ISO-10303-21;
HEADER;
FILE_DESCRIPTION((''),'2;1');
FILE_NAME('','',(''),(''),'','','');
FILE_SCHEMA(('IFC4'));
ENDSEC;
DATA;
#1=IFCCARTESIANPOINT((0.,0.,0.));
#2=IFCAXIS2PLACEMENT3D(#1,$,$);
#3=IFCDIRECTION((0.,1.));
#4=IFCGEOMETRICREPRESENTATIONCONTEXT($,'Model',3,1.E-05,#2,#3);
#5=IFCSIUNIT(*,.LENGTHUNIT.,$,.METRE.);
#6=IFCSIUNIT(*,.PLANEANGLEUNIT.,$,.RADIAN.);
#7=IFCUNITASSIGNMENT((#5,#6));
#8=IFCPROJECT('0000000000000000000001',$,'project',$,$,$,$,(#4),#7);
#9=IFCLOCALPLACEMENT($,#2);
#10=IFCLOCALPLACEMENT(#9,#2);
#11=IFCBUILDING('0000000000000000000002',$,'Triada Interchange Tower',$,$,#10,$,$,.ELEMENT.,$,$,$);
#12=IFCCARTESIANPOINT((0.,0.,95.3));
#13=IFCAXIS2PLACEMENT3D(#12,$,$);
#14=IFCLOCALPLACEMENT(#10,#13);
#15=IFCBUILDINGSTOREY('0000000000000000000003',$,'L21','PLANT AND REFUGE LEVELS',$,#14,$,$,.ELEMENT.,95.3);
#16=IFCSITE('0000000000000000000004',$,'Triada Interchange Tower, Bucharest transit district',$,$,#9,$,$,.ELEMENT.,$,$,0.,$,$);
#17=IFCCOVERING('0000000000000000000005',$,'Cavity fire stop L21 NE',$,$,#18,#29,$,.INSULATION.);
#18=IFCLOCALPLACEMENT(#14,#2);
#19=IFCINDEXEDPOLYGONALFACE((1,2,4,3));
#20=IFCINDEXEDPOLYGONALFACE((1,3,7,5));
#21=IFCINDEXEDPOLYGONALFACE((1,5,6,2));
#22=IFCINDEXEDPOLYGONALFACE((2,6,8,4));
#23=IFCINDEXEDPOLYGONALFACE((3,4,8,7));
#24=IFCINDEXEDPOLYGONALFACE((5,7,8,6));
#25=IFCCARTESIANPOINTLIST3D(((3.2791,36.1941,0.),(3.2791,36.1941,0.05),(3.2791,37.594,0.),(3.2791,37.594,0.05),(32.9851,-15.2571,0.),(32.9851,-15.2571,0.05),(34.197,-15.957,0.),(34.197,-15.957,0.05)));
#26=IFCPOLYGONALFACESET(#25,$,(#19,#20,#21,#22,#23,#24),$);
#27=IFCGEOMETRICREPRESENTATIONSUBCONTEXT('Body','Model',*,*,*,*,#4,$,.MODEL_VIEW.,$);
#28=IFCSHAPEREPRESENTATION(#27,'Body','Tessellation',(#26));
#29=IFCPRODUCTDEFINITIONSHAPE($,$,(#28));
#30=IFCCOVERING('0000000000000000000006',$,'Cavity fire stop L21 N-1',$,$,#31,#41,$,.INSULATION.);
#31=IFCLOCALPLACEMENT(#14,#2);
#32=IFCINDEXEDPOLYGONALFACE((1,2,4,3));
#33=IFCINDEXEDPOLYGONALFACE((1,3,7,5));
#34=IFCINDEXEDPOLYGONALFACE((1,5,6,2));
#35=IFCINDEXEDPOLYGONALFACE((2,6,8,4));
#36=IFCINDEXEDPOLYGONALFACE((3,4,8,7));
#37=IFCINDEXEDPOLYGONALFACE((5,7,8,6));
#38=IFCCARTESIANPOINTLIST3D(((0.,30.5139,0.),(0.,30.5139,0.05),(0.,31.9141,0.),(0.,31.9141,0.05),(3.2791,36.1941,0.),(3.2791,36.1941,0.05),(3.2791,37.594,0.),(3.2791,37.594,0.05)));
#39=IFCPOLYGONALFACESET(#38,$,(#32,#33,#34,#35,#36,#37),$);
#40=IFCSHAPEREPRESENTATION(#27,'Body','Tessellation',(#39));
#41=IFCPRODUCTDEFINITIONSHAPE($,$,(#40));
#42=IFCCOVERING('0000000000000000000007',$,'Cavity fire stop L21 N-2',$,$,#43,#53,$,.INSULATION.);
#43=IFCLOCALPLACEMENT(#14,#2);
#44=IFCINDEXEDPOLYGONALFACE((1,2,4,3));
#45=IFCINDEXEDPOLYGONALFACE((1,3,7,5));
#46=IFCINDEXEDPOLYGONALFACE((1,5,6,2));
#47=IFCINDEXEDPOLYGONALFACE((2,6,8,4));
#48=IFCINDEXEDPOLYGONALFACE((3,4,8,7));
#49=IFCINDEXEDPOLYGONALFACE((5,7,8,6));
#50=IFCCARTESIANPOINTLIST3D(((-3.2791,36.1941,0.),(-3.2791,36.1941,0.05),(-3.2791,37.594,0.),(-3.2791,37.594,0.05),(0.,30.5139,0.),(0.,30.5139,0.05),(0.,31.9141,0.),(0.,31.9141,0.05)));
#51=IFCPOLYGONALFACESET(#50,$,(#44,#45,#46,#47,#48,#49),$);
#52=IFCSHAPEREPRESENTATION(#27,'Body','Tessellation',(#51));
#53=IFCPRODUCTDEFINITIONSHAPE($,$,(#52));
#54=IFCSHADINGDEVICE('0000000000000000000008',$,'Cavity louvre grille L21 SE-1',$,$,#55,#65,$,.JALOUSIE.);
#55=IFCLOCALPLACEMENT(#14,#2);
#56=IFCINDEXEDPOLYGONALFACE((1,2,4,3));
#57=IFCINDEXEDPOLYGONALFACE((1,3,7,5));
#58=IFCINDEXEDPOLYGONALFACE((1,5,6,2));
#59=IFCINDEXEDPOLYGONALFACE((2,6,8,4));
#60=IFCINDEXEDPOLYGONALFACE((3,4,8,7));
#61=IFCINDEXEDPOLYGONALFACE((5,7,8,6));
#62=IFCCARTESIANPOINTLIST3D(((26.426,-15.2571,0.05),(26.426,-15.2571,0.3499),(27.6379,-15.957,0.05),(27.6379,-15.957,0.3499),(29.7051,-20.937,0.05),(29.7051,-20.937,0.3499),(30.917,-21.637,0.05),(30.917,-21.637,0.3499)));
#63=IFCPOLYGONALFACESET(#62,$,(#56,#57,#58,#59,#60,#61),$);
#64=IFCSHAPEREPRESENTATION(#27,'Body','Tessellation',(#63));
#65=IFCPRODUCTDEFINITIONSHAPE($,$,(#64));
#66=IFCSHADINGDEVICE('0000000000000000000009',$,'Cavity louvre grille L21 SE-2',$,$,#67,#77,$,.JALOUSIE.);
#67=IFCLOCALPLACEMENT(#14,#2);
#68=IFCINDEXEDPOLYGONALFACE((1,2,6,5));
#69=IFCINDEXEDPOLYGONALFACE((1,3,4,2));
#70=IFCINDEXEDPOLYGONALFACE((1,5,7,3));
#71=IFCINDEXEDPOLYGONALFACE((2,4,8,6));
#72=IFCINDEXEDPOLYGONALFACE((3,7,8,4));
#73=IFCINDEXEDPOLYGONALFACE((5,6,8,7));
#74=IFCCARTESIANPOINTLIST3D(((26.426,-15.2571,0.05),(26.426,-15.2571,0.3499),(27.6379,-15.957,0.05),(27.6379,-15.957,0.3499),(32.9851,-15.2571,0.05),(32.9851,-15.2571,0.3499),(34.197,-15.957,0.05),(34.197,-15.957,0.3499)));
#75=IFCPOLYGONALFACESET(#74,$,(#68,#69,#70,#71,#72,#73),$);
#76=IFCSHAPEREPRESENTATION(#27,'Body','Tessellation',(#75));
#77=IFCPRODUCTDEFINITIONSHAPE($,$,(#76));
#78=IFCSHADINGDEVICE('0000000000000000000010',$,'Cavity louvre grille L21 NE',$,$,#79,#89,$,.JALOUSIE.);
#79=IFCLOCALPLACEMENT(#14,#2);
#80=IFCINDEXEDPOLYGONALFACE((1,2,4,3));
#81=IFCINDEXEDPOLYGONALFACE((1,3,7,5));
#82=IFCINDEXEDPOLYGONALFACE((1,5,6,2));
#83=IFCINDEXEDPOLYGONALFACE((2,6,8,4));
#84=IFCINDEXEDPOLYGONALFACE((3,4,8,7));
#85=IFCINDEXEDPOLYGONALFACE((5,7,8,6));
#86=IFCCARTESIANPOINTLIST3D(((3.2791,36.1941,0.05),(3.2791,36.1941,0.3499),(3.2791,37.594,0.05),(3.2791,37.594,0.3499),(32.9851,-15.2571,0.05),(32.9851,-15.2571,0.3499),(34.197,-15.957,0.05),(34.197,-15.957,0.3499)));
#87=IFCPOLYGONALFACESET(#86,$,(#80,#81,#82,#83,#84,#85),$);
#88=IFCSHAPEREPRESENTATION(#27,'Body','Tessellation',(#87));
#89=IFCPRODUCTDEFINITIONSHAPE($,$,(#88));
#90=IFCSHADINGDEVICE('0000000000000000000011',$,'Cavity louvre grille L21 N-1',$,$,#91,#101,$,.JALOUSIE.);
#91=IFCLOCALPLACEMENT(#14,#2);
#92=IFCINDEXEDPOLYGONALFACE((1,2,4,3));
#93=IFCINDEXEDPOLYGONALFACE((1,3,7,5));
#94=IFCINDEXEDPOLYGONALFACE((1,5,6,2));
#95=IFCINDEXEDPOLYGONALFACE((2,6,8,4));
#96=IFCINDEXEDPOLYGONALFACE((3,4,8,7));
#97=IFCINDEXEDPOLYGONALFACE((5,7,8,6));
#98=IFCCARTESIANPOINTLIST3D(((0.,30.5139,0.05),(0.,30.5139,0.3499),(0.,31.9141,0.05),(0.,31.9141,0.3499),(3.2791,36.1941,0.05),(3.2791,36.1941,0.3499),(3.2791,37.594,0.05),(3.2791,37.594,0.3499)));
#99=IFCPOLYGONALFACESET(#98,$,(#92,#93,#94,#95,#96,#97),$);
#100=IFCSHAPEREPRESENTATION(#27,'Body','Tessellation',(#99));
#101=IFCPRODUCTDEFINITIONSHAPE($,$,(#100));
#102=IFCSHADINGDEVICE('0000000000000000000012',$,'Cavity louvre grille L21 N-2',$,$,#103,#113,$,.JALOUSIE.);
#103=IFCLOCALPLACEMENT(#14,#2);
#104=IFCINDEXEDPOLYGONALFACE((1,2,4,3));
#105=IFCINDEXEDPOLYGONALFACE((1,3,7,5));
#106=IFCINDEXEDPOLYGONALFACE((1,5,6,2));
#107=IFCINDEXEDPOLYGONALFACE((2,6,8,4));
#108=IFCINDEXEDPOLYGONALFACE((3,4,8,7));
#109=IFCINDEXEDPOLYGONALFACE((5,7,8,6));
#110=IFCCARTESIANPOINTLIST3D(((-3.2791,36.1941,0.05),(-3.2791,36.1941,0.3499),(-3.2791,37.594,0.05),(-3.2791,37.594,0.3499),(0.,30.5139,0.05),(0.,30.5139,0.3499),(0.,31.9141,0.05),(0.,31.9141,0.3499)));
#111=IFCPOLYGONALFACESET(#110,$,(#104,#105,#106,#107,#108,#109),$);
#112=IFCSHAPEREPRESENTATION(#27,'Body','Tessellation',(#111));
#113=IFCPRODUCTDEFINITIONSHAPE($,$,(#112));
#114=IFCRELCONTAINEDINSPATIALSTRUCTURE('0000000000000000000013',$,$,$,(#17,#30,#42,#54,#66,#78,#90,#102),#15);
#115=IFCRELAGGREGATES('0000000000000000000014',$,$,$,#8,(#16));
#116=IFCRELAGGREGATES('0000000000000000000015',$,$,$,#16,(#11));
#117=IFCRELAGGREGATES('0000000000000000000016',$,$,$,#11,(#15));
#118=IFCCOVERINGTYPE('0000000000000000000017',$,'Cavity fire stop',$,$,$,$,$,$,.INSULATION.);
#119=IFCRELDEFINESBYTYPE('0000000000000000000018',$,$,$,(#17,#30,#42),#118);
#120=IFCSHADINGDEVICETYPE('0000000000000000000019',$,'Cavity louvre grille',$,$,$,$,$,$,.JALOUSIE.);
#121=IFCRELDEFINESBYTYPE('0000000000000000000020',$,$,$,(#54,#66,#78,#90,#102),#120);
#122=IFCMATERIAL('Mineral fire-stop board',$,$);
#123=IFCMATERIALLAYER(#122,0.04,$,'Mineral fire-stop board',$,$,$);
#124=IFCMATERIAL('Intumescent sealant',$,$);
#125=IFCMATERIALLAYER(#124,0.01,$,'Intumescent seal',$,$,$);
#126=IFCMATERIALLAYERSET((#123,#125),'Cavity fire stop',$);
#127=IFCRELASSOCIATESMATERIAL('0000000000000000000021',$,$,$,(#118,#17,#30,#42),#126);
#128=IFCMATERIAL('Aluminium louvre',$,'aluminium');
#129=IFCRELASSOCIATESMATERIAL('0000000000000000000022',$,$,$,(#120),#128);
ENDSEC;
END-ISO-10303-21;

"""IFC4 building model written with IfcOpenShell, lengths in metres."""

from ifc_helpers import new_model, si_unit, direction, frame, origin, place, context, subcontext, project, spatial, polyline, outline, extrude, material, layer, layer_set, layer_usage, type_object, element, save


model = new_model("IFC4")

# Units and contexts
model_context = context("Model", 3, precision=1e-05, world=origin(), true_north=direction((0.0, 1.0)))
body_context = subcontext(model_context, "Body", "Model", "MODEL_VIEW")
ifc_project = project(units=[si_unit("LENGTHUNIT", "METRE"), si_unit("PLANEANGLEUNIT", "RADIAN")], contexts=[model_context])

# Site, building, storey
site_placement = place(None, origin())
site = spatial("IfcSite", under=ifc_project, at=site_placement, Name="Triada Interchange Tower, Bucharest transit district", CompositionType="ELEMENT", RefElevation=0.0)
building_placement = place(site_placement, origin())
building = spatial("IfcBuilding", under=site, at=building_placement, Name="Triada Interchange Tower", CompositionType="ELEMENT")
storey_placement = place(building_placement, frame((0.0, 0.0, 95.3)))
storey = spatial("IfcBuildingStorey", under=building, at=storey_placement, Name="L21", Description="PLANT AND REFUGE LEVELS", CompositionType="ELEMENT", Elevation=95.3)

# Coverings
ifc_material_1 = material(Name="Mineral fire-stop board")
ifc_layer_1 = layer(ifc_material_1, 0.04, Name="Mineral fire-stop board")
ifc_material_2 = material(Name="Intumescent sealant")
ifc_layer_2 = layer(ifc_material_2, 0.01, Name="Intumescent seal")
ifc_layer_set_1 = layer_set([ifc_layer_1, ifc_layer_2], Name="Cavity fire stop")
ifc_layer_usage = layer_usage(ifc_layer_set_1, "AXIS3", "POSITIVE", 0.0)
covering_type = type_object("IfcCoveringType", Name="Cavity fire stop", PredefinedType="INSULATION", material=ifc_layer_set_1)
covering_1_placement = place(storey_placement, origin())
element("IfcCovering", 1, at=covering_1_placement, inside=storey, type_object=covering_type, material=ifc_layer_usage, Name="Cavity fire stop L21 NE", PredefinedType="INSULATION", context=body_context, shape_type="SweptSolid", body=[
    extrude(outline(polyline([(32.9851, -15.2571), (34.197, -15.957), (3.2791, 37.594), (3.2791, 36.1941), (32.9851, -15.2571)])), origin(), (0.0, 0.0, 1.0), 0.05),
])
covering_2_placement = place(storey_placement, origin())
element("IfcCovering", 2, at=covering_2_placement, inside=storey, type_object=covering_type, material=ifc_layer_usage, Name="Cavity fire stop L21 N-1", PredefinedType="INSULATION", context=body_context, shape_type="SweptSolid", body=[
    extrude(outline(polyline([(3.2791, 36.1941), (3.2791, 37.594), (0.0, 31.9141), (0.0, 30.5139), (3.2791, 36.1941)])), origin(), (0.0, 0.0, 1.0), 0.05),
])
covering_3_placement = place(storey_placement, origin())
element("IfcCovering", 3, at=covering_3_placement, inside=storey, type_object=covering_type, material=ifc_layer_usage, Name="Cavity fire stop L21 N-2", PredefinedType="INSULATION", context=body_context, shape_type="SweptSolid", body=[
    extrude(outline(polyline([(0.0, 30.5139), (0.0, 31.9141), (-3.2791, 37.594), (-3.2791, 36.1941), (0.0, 30.5139)])), origin(), (0.0, 0.0, 1.0), 0.05),
])

# Shading devices
ifc_material_3 = material(Name="Aluminium louvre", Category="aluminium")
shading_device_type = type_object("IfcShadingDeviceType", Name="Cavity louvre grille", PredefinedType="JALOUSIE", material=ifc_material_3)
shading_device_1_placement = place(storey_placement, frame((0.0, 0.0, 0.05)))
element("IfcShadingDevice", 4, at=shading_device_1_placement, inside=storey, type_object=shading_device_type, Name="Cavity louvre grille L21 SE-1", PredefinedType="JALOUSIE", context=body_context, shape_type="SweptSolid", body=[
    extrude(outline(polyline([(29.7051, -20.937), (30.917, -21.637), (27.6379, -15.957), (26.426, -15.2571), (29.7051, -20.937)])), origin(), (0.0, 0.0, 1.0), 0.2998),
])
shading_device_2_placement = place(storey_placement, frame((0.0, 0.0, 0.05)))
element("IfcShadingDevice", 5, at=shading_device_2_placement, inside=storey, type_object=shading_device_type, Name="Cavity louvre grille L21 SE-2", PredefinedType="JALOUSIE", context=body_context, shape_type="SweptSolid", body=[
    extrude(outline(polyline([(26.426, -15.2571), (27.6379, -15.957), (34.197, -15.957), (32.9851, -15.2571), (26.426, -15.2571)])), origin(), (0.0, 0.0, 1.0), 0.2998),
])
shading_device_3_placement = place(storey_placement, frame((0.0, 0.0, 0.05)))
element("IfcShadingDevice", 6, at=shading_device_3_placement, inside=storey, type_object=shading_device_type, Name="Cavity louvre grille L21 NE", PredefinedType="JALOUSIE", context=body_context, shape_type="SweptSolid", body=[
    extrude(outline(polyline([(32.9851, -15.2571), (34.197, -15.957), (3.2791, 37.594), (3.2791, 36.1941), (32.9851, -15.2571)])), origin(), (0.0, 0.0, 1.0), 0.2998),
])
shading_device_4_placement = place(storey_placement, frame((0.0, 0.0, 0.05)))
element("IfcShadingDevice", 7, at=shading_device_4_placement, inside=storey, type_object=shading_device_type, Name="Cavity louvre grille L21 N-1", PredefinedType="JALOUSIE", context=body_context, shape_type="SweptSolid", body=[
    extrude(outline(polyline([(3.2791, 36.1941), (3.2791, 37.594), (0.0, 31.9141), (0.0, 30.5139), (3.2791, 36.1941)])), origin(), (0.0, 0.0, 1.0), 0.2998),
])
shading_device_5_placement = place(storey_placement, frame((0.0, 0.0, 0.05)))
element("IfcShadingDevice", 8, at=shading_device_5_placement, inside=storey, type_object=shading_device_type, Name="Cavity louvre grille L21 N-2", PredefinedType="JALOUSIE", context=body_context, shape_type="SweptSolid", body=[
    extrude(outline(polyline([(0.0, 30.5139), (0.0, 31.9141), (-3.2791, 37.594), (-3.2791, 36.1941), (0.0, 30.5139)])), origin(), (0.0, 0.0, 1.0), 0.2998),
])

save(model, "model.ifc")
